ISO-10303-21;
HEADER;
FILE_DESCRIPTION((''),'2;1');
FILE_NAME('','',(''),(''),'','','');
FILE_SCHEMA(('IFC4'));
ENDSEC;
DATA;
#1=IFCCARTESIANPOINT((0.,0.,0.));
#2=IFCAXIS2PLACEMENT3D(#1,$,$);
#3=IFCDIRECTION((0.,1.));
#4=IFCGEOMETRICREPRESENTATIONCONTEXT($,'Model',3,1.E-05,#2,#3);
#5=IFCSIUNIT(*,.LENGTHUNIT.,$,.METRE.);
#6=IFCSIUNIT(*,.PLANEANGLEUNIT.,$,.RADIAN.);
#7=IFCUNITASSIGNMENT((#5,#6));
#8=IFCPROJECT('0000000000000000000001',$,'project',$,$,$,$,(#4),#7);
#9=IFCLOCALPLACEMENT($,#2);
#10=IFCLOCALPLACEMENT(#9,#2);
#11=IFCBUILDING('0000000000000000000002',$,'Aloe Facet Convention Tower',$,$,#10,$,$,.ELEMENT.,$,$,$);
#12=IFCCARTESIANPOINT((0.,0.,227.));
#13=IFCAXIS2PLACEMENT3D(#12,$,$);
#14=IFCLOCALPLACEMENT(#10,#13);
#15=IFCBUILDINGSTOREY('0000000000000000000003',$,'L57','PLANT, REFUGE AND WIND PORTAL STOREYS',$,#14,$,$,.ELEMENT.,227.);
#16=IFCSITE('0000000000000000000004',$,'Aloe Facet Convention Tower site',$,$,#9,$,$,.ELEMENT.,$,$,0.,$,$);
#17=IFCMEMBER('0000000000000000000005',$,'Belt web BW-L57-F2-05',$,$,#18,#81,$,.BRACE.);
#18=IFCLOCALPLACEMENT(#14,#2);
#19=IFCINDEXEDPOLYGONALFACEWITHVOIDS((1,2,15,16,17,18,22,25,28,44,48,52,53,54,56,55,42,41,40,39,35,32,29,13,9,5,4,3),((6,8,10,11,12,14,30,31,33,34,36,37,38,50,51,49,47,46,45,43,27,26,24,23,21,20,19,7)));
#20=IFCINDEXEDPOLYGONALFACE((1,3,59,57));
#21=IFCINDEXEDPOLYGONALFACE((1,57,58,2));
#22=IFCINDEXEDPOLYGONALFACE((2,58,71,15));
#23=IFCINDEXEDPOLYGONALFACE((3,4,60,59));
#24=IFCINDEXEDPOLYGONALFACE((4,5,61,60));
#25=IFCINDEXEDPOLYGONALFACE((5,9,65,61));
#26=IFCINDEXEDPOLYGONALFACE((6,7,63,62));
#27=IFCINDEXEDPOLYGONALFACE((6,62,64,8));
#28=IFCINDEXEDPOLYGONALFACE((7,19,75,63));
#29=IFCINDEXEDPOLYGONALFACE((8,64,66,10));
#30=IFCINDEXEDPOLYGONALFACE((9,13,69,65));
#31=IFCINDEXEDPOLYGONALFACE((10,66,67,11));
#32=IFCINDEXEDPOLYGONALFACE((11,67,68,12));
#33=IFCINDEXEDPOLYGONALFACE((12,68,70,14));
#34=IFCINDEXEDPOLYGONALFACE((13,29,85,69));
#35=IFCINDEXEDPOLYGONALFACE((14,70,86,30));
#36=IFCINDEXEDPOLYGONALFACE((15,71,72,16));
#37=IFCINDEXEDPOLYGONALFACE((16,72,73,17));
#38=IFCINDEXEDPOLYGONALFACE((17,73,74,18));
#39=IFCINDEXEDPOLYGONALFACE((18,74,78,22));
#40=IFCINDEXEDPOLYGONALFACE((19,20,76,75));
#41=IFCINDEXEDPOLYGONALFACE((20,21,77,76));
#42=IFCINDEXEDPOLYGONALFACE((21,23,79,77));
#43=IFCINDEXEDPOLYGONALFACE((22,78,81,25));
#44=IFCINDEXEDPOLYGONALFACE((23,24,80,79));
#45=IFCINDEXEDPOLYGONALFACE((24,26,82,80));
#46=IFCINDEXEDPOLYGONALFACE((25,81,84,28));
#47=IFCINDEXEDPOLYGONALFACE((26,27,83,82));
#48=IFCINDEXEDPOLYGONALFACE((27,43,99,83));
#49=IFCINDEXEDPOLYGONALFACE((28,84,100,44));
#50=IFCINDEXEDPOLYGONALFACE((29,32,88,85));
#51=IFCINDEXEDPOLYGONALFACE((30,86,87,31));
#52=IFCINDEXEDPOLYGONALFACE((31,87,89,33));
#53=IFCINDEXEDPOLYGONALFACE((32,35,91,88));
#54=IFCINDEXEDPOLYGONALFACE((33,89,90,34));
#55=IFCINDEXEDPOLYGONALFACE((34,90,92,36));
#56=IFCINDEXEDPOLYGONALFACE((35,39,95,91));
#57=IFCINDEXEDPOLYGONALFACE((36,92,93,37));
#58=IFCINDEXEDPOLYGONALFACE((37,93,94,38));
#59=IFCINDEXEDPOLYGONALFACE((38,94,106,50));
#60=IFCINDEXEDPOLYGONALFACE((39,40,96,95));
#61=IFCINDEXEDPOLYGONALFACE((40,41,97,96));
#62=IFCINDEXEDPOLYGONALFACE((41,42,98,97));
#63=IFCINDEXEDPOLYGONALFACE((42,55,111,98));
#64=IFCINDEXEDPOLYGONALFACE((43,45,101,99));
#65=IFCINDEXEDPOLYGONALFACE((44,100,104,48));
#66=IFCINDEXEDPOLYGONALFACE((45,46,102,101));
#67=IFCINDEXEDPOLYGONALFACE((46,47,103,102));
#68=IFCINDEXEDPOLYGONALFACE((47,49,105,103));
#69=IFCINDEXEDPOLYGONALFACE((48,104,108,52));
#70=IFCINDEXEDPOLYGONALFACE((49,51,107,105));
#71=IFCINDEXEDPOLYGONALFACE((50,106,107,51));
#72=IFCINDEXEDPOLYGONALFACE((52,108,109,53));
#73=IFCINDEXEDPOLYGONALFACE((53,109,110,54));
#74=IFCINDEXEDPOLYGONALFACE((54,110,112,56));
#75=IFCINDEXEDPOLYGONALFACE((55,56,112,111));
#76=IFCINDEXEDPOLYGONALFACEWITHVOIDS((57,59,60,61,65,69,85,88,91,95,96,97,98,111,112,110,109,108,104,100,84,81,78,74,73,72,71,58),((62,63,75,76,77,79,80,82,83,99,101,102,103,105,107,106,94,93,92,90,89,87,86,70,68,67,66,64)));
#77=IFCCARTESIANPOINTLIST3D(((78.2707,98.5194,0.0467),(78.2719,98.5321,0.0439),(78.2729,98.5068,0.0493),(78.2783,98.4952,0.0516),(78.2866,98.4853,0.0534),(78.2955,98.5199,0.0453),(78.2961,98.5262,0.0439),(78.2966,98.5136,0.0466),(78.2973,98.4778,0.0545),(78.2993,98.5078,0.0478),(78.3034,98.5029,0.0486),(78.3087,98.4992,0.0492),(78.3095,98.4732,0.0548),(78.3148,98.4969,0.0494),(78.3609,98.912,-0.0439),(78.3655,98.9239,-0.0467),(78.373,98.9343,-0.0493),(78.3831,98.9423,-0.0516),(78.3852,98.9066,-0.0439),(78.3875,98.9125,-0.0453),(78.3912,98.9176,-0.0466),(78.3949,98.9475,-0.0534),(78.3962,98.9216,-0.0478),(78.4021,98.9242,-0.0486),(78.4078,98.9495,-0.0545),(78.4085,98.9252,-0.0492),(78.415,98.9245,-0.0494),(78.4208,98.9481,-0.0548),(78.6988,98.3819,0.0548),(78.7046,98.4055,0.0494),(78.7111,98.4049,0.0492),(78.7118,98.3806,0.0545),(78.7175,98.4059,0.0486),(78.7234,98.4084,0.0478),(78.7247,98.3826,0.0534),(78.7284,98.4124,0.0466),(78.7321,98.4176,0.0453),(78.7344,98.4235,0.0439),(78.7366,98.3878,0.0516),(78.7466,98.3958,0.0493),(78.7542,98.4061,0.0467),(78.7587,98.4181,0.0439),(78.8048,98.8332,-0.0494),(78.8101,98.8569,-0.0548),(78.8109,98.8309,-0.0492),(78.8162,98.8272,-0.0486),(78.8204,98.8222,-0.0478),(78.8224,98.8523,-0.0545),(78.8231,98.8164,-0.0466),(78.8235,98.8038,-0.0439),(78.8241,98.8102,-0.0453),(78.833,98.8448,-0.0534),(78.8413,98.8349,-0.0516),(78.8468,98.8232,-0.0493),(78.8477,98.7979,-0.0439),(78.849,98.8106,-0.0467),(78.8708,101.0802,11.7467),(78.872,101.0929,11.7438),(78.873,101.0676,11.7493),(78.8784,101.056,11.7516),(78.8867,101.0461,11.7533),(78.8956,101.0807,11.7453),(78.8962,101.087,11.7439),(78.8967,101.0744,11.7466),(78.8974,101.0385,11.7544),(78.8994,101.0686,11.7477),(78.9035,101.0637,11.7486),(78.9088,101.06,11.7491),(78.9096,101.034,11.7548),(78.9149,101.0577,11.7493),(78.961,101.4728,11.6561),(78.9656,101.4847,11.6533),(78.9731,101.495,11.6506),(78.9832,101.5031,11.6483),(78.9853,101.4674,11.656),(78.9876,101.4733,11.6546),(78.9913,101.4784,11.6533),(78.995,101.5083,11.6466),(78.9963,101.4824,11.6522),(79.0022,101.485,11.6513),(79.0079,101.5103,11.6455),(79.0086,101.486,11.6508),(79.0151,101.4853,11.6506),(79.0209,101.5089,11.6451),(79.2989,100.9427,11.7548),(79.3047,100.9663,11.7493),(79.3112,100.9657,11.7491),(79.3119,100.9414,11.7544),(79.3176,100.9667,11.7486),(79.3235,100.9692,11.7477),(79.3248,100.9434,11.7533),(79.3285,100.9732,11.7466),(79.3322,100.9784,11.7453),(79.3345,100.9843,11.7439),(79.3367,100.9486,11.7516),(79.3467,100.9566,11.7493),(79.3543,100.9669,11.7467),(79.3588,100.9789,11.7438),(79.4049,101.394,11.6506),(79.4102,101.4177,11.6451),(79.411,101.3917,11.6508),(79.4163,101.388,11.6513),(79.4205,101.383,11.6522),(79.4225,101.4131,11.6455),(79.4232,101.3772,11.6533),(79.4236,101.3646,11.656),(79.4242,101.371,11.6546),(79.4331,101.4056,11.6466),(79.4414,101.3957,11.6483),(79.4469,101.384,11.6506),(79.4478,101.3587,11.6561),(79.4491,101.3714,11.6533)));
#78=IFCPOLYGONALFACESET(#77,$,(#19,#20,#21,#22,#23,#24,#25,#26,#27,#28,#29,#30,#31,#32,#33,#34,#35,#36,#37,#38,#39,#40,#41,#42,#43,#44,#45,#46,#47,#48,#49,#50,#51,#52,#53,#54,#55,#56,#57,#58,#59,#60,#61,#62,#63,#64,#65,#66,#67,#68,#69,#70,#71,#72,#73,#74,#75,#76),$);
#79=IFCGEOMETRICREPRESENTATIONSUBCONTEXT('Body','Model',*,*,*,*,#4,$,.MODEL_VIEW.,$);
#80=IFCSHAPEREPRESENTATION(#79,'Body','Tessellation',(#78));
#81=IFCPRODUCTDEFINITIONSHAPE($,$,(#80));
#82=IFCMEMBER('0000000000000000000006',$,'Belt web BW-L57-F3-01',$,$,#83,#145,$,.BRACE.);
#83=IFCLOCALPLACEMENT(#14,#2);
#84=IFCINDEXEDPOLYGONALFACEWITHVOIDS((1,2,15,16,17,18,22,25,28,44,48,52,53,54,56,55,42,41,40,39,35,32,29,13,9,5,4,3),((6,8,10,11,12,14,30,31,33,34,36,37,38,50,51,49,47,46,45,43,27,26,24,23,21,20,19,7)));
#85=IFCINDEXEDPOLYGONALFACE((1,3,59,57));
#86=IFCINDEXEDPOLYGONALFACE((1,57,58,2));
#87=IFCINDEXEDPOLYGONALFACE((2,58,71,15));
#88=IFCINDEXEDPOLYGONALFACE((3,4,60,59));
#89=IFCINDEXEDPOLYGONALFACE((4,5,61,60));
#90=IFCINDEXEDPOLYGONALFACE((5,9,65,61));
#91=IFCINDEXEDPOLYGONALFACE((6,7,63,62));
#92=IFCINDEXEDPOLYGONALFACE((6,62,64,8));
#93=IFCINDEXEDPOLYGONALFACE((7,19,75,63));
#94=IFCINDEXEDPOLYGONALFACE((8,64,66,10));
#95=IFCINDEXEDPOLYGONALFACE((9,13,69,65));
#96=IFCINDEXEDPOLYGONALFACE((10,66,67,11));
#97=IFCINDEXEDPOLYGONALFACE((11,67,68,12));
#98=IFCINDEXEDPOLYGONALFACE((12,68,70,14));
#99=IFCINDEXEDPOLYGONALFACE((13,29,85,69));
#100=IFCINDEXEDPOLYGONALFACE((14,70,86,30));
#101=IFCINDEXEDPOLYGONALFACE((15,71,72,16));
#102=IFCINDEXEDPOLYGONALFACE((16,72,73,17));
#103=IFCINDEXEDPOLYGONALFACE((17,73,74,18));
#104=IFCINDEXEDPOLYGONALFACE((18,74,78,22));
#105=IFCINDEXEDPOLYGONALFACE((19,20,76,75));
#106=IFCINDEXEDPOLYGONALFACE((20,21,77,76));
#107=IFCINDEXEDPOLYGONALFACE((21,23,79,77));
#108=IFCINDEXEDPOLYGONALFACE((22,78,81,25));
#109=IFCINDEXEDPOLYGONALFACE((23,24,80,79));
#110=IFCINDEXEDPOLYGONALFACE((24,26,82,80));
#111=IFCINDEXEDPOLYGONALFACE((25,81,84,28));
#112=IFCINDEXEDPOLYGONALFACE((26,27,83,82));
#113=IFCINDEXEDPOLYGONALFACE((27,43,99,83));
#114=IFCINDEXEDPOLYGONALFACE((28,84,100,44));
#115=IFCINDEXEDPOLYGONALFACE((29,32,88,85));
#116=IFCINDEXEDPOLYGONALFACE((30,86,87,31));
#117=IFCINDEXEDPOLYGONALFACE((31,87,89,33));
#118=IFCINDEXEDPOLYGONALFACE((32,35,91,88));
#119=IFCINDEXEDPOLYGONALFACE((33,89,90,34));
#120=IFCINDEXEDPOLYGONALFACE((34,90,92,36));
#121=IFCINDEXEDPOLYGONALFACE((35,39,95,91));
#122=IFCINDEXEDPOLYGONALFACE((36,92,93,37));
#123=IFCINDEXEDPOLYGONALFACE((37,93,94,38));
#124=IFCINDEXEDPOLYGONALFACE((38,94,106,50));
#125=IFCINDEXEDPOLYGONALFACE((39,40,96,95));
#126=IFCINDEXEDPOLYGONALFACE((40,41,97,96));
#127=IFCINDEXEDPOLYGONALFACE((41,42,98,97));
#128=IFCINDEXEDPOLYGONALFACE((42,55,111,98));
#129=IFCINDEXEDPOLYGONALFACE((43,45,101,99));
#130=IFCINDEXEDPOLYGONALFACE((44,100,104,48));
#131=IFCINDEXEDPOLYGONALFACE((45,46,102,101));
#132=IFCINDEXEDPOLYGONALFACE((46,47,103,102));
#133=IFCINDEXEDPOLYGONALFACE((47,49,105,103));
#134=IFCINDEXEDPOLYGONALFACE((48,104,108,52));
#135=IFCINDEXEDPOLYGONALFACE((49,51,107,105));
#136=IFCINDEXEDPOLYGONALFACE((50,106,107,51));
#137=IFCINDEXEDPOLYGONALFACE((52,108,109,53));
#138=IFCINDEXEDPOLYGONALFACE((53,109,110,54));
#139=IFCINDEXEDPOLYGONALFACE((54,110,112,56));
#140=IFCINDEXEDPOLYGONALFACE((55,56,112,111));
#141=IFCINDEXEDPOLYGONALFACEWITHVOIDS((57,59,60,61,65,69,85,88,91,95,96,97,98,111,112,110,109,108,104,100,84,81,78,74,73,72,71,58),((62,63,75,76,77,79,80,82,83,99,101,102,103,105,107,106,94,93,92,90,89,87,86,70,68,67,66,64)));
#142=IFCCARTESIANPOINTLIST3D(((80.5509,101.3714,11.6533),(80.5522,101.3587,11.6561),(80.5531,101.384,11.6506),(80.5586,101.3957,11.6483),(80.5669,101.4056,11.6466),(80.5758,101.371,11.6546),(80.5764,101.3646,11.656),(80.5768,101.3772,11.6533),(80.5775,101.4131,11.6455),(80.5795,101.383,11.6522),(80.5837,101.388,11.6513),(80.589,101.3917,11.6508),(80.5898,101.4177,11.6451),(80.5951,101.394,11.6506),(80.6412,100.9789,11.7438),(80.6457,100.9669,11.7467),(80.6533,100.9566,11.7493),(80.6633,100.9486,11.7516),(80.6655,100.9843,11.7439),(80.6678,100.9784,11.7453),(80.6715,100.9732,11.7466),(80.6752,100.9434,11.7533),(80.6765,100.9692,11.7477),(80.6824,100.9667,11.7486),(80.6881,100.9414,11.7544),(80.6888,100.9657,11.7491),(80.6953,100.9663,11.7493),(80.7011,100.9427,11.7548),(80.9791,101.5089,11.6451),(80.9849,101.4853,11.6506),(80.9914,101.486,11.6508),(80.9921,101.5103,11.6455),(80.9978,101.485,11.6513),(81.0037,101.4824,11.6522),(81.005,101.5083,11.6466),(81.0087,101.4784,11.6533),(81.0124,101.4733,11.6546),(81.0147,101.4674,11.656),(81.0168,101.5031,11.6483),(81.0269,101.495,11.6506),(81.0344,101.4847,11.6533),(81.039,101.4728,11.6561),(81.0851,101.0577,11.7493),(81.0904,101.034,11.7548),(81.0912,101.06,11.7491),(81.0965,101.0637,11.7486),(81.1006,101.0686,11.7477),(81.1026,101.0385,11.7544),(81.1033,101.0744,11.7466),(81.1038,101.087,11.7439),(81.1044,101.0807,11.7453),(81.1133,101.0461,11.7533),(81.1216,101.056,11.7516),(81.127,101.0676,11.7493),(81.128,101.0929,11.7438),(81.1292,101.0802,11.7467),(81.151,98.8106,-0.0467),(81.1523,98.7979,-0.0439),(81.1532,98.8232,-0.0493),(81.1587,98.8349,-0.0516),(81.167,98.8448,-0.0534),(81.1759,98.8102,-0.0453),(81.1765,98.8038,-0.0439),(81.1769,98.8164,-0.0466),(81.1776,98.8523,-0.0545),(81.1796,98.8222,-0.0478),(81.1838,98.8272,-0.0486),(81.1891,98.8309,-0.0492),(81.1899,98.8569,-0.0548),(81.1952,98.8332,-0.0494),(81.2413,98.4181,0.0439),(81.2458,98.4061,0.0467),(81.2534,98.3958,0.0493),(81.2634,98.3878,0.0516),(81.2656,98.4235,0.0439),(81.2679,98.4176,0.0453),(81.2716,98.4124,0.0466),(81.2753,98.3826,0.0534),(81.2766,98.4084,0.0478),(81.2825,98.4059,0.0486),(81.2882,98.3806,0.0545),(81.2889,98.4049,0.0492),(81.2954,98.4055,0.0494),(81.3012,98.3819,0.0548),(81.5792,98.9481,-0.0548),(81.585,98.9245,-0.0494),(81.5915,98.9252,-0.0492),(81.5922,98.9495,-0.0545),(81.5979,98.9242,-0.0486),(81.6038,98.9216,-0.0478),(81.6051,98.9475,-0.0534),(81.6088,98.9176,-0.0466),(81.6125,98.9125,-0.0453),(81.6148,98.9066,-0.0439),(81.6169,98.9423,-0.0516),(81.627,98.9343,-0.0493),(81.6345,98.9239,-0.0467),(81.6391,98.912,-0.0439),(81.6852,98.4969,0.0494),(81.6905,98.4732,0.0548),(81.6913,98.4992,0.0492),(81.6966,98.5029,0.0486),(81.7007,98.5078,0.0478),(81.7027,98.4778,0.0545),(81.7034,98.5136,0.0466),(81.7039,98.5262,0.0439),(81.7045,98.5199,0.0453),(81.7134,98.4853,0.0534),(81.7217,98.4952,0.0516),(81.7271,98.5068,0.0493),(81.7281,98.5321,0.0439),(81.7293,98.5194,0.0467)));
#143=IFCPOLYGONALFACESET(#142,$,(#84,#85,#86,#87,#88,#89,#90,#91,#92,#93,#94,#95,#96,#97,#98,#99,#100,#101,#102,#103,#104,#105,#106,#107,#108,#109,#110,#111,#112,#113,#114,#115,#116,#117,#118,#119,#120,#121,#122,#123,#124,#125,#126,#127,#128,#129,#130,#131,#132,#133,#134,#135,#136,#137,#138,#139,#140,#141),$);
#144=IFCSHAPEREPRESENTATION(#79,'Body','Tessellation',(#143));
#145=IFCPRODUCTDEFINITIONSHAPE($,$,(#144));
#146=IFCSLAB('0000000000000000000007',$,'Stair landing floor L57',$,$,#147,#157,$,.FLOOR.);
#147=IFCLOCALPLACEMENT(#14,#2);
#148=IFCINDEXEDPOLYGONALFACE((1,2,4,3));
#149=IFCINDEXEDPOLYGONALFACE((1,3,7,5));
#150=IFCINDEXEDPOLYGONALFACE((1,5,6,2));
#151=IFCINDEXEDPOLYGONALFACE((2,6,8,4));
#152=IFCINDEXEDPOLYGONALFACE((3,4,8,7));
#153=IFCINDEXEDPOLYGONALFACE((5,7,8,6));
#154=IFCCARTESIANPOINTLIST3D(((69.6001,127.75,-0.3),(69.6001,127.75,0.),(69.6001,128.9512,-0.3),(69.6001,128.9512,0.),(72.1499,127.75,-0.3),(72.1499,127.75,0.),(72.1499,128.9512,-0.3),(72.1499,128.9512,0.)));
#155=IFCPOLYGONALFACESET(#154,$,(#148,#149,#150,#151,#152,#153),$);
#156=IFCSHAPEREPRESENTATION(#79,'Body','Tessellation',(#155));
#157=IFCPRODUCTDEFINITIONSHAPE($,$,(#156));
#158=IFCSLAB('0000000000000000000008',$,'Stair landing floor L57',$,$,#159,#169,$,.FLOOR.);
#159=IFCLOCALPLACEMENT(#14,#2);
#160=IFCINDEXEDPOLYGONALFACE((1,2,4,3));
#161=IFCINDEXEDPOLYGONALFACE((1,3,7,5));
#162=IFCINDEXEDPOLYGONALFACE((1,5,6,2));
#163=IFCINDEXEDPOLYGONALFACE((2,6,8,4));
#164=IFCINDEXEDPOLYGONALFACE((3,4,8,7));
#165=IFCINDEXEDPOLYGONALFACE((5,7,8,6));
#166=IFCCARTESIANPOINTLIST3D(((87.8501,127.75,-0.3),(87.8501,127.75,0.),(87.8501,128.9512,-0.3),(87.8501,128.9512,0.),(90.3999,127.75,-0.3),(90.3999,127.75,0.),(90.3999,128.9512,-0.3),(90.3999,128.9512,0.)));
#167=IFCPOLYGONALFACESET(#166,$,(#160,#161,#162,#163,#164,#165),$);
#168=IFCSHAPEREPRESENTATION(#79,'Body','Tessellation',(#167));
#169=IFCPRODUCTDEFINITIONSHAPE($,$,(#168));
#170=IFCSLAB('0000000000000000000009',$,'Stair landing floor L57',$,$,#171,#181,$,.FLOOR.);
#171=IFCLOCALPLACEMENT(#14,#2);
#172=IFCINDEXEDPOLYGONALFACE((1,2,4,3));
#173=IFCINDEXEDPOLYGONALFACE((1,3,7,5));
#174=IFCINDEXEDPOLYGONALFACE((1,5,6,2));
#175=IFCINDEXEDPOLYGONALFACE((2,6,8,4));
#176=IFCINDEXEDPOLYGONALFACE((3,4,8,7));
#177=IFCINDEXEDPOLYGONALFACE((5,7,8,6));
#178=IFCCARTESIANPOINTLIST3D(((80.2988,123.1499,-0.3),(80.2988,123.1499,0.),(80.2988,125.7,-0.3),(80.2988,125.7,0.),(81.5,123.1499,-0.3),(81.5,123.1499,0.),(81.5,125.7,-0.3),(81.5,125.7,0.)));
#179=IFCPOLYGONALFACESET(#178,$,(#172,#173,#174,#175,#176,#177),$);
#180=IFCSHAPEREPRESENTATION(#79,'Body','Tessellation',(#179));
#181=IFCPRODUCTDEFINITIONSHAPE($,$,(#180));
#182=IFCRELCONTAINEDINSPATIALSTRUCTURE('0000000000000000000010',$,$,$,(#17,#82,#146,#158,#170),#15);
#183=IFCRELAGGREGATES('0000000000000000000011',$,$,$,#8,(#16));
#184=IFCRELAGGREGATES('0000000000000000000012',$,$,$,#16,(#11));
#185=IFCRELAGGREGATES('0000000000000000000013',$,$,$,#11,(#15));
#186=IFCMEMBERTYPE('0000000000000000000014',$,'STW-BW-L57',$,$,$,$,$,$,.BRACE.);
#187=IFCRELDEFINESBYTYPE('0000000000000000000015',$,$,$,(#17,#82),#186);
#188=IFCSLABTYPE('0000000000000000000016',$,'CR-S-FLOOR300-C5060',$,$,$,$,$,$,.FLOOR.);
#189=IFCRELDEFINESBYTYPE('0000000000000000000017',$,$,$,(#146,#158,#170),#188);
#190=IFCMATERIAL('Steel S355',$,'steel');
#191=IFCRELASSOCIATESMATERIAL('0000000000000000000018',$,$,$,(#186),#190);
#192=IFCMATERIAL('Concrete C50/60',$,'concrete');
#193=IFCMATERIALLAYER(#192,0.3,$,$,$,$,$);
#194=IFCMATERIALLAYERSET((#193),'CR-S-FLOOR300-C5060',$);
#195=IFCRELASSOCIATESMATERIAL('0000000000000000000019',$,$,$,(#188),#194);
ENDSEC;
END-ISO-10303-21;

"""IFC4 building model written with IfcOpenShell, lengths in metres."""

from ifc_helpers import new_model, si_unit, direction, frame, origin, origin_2d, place, context, subcontext, project, spatial, polyline, hollow_rectangle, outline, extrude, material, layer, layer_set, material_profile, profile_set, type_object, element, save


model = new_model("IFC4")

# Units and contexts
model_context = context("Model", 3, precision=1e-05, world=origin(), true_north=direction((0.0, 1.0)))
body_context = subcontext(model_context, "Body", "Model", "MODEL_VIEW")
ifc_project = project(units=[si_unit("LENGTHUNIT", "METRE"), si_unit("PLANEANGLEUNIT", "RADIAN")], contexts=[model_context])

# Site, building, storey
site_placement = place(None, origin())
site = spatial("IfcSite", under=ifc_project, at=site_placement, Name="Aloe Facet Convention Tower site", CompositionType="ELEMENT", RefElevation=0.0)
building_placement = place(site_placement, origin())
building = spatial("IfcBuilding", under=site, at=building_placement, Name="Aloe Facet Convention Tower", CompositionType="ELEMENT")
storey_placement = place(building_placement, frame((0.0, 0.0, 227.0)))
storey = spatial("IfcBuildingStorey", under=building, at=storey_placement, Name="L57", Description="PLANT, REFUGE AND WIND PORTAL STOREYS", CompositionType="ELEMENT", Elevation=227.0)

# Members
ifc_material_1 = material(Name="Steel S355", Category="steel")
ifc_material_profile = material_profile(ifc_material_1, hollow_rectangle(XDim=0.5, YDim=0.5, WallThickness=0.0249, InnerFilletRadius=0.0249, OuterFilletRadius=0.05, at=origin_2d()), Name="SHS 500x500x25")
ifc_profile_set = profile_set([ifc_material_profile], Name="Steel S355")
member_type = type_object("IfcMemberType", Name="STW-BW-L57", PredefinedType="BRACE", material=ifc_profile_set)
for number, where, z_axis, x_axis, name in (
    (1, (78.5598, 98.665, 0.0), (0.050042, 0.213543, 0.975651), (-0.973624, 0.22816, 0.0), "Belt web BW-L57-F2-05"),
    (2, (81.4402, 98.665, 0.0), (-0.050042, 0.213543, 0.975651), (-0.973624, -0.22816, 0.0), "Belt web BW-L57-F3-01"),
):
    element("IfcMember", number, at=place(storey_placement, frame(where, z_axis=z_axis, x_axis=x_axis)), inside=storey, type_object=member_type, Name=name, PredefinedType="BRACE", context=body_context, shape_type="SweptSolid", body=[
        extrude(hollow_rectangle(XDim=0.5, YDim=0.5, WallThickness=0.0249, InnerFilletRadius=0.0249, OuterFilletRadius=0.05, at=origin_2d()), origin(), (0.0, 0.0, 1.0), 11.9919),
    ])

# Slabs
ifc_material_2 = material(Name="Concrete C50/60", Category="concrete")
ifc_layer_1 = layer(ifc_material_2, 0.3)
ifc_layer_set_1 = layer_set([ifc_layer_1], Name="CR-S-FLOOR300-C5060")
slab_type_1 = type_object("IfcSlabType", Name="CR-S-FLOOR300-C5060", PredefinedType="FLOOR", material=ifc_layer_set_1)
slab_1_placement = place(storey_placement, frame((0.0, 0.0, -0.3)))
element("IfcSlab", 3, at=slab_1_placement, inside=storey, type_object=slab_type_1, Name="Stair landing floor L57", PredefinedType="FLOOR", context=body_context, shape_type="SweptSolid", body=[
    extrude(outline(polyline([(72.1499, 127.75), (72.1499, 128.9512), (69.6001, 128.9512), (69.6001, 127.75), (72.1499, 127.75)])), origin(), (0.0, 0.0, 1.0), 0.3),
])
slab_2_placement = place(storey_placement, frame((0.0, 0.0, -0.3)))
element("IfcSlab", 4, at=slab_2_placement, inside=storey, type_object=slab_type_1, Name="Stair landing floor L57", PredefinedType="FLOOR", context=body_context, shape_type="SweptSolid", body=[
    extrude(outline(polyline([(90.3999, 127.75), (90.3999, 128.9512), (87.8501, 128.9512), (87.8501, 127.75), (90.3999, 127.75)])), origin(), (0.0, 0.0, 1.0), 0.3),
])
slab_3_placement = place(storey_placement, frame((0.0, 0.0, -0.3)))
element("IfcSlab", 5, at=slab_3_placement, inside=storey, type_object=slab_type_1, Name="Stair landing floor L57", PredefinedType="FLOOR", context=body_context, shape_type="SweptSolid", body=[
    extrude(outline(polyline([(81.5, 125.7), (80.2988, 125.7), (80.2988, 123.1499), (81.5, 123.1499), (81.5, 125.7)])), origin(), (0.0, 0.0, 1.0), 0.3),
])

save(model, "model.ifc")
